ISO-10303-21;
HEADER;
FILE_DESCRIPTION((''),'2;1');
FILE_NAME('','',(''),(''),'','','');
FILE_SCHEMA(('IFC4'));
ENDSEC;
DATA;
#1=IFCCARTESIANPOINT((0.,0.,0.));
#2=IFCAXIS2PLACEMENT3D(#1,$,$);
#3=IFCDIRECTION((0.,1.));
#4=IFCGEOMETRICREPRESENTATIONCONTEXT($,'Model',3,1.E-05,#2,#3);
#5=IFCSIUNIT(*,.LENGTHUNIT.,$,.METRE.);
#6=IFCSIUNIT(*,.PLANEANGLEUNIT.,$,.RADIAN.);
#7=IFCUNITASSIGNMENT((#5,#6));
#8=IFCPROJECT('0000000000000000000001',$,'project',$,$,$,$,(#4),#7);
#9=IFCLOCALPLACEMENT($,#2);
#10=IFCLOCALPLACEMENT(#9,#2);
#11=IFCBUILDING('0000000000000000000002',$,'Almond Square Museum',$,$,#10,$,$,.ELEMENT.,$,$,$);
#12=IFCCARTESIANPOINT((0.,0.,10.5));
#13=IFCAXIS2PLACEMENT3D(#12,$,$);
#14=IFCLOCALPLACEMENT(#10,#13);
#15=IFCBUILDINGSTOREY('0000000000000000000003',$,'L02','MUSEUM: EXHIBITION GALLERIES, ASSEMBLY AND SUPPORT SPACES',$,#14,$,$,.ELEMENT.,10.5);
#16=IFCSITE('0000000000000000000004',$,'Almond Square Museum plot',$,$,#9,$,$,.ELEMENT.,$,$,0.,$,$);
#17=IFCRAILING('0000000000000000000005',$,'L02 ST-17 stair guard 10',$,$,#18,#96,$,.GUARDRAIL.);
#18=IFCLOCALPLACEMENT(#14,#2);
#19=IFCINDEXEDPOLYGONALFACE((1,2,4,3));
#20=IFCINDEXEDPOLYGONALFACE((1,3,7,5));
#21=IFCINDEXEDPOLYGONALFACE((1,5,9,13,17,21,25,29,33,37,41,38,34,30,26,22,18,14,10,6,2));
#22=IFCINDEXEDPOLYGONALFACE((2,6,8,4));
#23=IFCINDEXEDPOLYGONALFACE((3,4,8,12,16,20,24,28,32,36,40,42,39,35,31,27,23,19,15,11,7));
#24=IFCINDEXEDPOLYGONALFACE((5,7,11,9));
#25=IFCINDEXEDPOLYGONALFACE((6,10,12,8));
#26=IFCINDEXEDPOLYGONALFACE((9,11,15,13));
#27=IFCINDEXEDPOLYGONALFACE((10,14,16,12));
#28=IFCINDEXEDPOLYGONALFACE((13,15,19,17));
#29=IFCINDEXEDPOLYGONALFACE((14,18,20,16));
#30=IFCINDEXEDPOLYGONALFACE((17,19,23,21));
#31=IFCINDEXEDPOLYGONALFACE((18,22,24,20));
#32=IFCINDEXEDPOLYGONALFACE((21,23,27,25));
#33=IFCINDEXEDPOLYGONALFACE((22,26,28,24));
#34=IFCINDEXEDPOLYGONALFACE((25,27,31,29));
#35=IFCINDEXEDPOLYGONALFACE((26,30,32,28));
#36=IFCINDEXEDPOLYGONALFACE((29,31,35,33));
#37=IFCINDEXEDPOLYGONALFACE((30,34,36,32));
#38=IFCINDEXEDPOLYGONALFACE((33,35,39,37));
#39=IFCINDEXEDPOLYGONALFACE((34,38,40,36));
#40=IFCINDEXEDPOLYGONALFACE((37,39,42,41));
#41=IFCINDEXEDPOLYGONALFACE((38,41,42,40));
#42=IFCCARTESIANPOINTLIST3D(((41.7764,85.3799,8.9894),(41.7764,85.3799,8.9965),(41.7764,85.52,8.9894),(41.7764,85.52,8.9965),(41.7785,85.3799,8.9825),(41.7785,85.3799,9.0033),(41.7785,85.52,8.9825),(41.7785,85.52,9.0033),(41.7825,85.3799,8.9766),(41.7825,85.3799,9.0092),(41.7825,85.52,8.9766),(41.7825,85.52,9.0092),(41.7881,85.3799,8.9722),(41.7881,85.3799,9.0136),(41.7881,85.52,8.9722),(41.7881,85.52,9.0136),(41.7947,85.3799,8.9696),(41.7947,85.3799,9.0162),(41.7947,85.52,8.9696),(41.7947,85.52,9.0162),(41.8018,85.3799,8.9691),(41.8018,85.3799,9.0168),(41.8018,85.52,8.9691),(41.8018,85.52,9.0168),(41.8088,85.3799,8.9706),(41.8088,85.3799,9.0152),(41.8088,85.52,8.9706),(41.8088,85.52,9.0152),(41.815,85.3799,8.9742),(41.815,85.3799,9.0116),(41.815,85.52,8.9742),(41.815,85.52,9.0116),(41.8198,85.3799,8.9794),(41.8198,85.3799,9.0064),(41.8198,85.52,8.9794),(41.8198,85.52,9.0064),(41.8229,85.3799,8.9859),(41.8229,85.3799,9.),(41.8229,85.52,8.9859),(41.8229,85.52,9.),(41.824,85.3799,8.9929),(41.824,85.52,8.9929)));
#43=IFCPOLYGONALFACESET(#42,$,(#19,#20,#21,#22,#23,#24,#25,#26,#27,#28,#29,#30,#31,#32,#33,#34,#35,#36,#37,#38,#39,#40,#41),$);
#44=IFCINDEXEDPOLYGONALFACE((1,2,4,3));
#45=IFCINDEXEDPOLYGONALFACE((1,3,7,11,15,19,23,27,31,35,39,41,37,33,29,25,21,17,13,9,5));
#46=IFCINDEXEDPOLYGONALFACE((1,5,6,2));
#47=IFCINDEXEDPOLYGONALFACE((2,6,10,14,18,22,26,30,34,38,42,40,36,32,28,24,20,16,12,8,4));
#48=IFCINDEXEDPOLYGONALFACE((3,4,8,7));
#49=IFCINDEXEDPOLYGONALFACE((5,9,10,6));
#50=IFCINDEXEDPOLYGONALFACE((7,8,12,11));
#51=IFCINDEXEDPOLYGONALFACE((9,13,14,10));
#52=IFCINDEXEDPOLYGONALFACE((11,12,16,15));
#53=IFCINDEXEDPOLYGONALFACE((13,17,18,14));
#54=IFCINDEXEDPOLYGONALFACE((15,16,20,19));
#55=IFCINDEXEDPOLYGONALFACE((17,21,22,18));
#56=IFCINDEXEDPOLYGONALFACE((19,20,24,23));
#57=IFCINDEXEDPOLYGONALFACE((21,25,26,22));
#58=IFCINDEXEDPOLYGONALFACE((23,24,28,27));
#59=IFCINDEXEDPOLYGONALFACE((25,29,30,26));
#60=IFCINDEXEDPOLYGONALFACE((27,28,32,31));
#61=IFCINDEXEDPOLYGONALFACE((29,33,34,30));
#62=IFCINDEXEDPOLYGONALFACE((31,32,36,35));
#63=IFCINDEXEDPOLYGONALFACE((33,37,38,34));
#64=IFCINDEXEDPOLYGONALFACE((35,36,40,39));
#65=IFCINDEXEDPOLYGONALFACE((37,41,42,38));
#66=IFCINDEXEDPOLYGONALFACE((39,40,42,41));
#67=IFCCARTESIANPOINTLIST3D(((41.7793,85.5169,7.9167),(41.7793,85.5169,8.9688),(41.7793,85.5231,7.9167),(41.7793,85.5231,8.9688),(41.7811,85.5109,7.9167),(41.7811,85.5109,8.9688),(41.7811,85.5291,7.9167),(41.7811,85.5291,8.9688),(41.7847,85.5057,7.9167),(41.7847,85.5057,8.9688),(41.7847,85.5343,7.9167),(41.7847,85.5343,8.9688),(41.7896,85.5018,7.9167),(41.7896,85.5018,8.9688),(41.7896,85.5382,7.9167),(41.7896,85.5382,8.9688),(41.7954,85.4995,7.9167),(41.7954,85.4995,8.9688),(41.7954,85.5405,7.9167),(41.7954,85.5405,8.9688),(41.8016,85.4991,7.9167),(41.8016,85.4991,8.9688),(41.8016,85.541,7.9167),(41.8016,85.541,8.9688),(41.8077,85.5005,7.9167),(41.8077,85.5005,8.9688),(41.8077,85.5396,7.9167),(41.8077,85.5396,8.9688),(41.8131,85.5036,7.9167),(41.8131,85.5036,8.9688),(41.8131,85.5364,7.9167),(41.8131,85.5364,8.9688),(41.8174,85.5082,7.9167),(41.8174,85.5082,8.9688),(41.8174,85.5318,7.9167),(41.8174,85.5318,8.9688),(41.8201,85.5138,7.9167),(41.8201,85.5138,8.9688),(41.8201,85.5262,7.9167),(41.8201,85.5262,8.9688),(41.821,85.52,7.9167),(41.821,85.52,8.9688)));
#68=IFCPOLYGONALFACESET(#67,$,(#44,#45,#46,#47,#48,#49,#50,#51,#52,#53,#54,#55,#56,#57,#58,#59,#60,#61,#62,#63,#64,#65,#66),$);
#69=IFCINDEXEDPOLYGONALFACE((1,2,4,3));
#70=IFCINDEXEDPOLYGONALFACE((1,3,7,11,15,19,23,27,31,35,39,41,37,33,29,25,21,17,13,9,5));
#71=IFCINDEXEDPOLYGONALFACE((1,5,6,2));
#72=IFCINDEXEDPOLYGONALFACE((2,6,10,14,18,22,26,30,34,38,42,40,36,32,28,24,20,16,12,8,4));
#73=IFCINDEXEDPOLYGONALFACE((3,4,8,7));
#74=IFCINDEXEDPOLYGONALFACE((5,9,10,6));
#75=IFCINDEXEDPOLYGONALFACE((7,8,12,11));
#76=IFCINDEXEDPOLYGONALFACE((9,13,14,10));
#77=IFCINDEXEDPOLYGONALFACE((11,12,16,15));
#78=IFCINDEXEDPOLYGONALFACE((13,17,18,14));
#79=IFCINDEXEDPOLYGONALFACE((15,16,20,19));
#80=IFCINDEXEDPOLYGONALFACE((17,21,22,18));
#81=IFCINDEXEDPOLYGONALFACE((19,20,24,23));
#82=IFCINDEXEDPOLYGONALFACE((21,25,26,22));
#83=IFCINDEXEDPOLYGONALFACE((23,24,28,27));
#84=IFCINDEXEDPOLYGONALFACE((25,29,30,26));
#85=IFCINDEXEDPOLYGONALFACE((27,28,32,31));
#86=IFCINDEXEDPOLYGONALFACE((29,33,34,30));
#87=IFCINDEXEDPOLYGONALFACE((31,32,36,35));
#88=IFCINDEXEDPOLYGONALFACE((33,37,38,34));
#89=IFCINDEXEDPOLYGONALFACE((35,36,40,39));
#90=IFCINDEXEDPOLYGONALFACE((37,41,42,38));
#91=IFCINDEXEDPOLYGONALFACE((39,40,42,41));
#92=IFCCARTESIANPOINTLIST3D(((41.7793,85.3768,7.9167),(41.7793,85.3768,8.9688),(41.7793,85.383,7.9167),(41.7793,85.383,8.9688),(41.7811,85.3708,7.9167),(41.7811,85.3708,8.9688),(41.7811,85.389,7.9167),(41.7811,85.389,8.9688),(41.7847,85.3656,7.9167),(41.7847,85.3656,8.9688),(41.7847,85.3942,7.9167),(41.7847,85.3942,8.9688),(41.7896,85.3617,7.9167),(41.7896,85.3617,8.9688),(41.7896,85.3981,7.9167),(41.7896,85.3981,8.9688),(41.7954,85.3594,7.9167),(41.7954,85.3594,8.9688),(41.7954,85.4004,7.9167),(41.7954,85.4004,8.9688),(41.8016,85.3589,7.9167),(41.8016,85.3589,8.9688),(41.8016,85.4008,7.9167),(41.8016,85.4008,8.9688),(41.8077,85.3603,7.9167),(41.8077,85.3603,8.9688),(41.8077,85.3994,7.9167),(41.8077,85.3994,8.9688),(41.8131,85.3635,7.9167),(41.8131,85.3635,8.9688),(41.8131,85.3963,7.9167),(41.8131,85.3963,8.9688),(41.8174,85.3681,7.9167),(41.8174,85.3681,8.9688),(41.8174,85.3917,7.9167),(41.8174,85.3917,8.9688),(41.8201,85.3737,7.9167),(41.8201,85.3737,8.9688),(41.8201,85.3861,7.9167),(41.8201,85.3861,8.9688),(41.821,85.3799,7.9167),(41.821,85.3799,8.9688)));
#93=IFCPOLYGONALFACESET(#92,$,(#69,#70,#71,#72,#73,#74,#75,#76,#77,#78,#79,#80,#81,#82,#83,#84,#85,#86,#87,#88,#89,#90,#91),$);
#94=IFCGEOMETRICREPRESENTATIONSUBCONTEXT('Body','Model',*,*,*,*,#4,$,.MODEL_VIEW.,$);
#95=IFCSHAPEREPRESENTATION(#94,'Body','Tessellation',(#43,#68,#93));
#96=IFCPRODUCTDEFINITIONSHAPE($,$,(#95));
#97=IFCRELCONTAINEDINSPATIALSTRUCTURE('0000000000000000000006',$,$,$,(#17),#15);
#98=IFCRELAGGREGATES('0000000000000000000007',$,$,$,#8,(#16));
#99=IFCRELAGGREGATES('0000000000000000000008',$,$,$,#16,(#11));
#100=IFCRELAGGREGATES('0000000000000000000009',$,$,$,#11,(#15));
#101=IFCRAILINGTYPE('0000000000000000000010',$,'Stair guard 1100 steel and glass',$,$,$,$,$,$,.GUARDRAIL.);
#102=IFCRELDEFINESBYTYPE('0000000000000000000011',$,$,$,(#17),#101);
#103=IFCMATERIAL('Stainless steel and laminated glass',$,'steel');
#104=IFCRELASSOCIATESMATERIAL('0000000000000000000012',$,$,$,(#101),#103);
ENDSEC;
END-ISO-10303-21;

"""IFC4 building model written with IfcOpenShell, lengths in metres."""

from ifc_helpers import new_model, si_unit, direction, frame, origin, origin_2d, place, context, subcontext, project, spatial, circle, extrude, material, type_object, element, save


model = new_model("IFC4")

# Units and contexts
model_context = context("Model", 3, precision=1e-05, world=origin(), true_north=direction((0.0, 1.0)))
body_context = subcontext(model_context, "Body", "Model", "MODEL_VIEW")
ifc_project = project(units=[si_unit("LENGTHUNIT", "METRE"), si_unit("PLANEANGLEUNIT", "RADIAN")], contexts=[model_context])

# Site, building, storey
site_placement = place(None, origin())
site = spatial("IfcSite", under=ifc_project, at=site_placement, Name="Almond Square Museum plot", CompositionType="ELEMENT", RefElevation=0.0)
building_placement = place(site_placement, origin())
building = spatial("IfcBuilding", under=site, at=building_placement, Name="Almond Square Museum", CompositionType="ELEMENT")
storey_placement = place(building_placement, frame((0.0, 0.0, 10.5)))
storey = spatial("IfcBuildingStorey", under=building, at=storey_placement, Name="L02", Description="MUSEUM: EXHIBITION GALLERIES, ASSEMBLY AND SUPPORT SPACES", CompositionType="ELEMENT", Elevation=10.5)

# Railing
ifc_material_1 = material(Name="Stainless steel and laminated glass", Category="steel")
railing_type_1 = type_object("IfcRailingType", Name="Stair guard 1100 steel and glass", PredefinedType="GUARDRAIL", material=ifc_material_1)
railing_1_placement = place(storey_placement, frame((41.8, 85.52, 7.9167)))
element("IfcRailing", 1, at=railing_1_placement, inside=storey, type_object=railing_type_1, Name="L02 ST-17 stair guard 10", PredefinedType="GUARDRAIL", context=body_context, shape_type="SweptSolid", body=[
    extrude(circle(Radius=0.0239, at=origin_2d()), frame((0.0, 0.0, 1.0762), z_axis=(0.0, -1.0, 0.0), x_axis=(1.0, 0.0, 0.0)), (0.0, 0.0, 1.0), 0.1401),
    extrude(circle(Radius=0.021, at=origin_2d()), origin(), (0.0, 0.0, 1.0), 1.052),
    extrude(circle(Radius=0.021, at=origin_2d()), frame((0.0, -0.1401, 0.0)), (0.0, 0.0, 1.0), 1.052),
])

save(model, "model.ifc")
